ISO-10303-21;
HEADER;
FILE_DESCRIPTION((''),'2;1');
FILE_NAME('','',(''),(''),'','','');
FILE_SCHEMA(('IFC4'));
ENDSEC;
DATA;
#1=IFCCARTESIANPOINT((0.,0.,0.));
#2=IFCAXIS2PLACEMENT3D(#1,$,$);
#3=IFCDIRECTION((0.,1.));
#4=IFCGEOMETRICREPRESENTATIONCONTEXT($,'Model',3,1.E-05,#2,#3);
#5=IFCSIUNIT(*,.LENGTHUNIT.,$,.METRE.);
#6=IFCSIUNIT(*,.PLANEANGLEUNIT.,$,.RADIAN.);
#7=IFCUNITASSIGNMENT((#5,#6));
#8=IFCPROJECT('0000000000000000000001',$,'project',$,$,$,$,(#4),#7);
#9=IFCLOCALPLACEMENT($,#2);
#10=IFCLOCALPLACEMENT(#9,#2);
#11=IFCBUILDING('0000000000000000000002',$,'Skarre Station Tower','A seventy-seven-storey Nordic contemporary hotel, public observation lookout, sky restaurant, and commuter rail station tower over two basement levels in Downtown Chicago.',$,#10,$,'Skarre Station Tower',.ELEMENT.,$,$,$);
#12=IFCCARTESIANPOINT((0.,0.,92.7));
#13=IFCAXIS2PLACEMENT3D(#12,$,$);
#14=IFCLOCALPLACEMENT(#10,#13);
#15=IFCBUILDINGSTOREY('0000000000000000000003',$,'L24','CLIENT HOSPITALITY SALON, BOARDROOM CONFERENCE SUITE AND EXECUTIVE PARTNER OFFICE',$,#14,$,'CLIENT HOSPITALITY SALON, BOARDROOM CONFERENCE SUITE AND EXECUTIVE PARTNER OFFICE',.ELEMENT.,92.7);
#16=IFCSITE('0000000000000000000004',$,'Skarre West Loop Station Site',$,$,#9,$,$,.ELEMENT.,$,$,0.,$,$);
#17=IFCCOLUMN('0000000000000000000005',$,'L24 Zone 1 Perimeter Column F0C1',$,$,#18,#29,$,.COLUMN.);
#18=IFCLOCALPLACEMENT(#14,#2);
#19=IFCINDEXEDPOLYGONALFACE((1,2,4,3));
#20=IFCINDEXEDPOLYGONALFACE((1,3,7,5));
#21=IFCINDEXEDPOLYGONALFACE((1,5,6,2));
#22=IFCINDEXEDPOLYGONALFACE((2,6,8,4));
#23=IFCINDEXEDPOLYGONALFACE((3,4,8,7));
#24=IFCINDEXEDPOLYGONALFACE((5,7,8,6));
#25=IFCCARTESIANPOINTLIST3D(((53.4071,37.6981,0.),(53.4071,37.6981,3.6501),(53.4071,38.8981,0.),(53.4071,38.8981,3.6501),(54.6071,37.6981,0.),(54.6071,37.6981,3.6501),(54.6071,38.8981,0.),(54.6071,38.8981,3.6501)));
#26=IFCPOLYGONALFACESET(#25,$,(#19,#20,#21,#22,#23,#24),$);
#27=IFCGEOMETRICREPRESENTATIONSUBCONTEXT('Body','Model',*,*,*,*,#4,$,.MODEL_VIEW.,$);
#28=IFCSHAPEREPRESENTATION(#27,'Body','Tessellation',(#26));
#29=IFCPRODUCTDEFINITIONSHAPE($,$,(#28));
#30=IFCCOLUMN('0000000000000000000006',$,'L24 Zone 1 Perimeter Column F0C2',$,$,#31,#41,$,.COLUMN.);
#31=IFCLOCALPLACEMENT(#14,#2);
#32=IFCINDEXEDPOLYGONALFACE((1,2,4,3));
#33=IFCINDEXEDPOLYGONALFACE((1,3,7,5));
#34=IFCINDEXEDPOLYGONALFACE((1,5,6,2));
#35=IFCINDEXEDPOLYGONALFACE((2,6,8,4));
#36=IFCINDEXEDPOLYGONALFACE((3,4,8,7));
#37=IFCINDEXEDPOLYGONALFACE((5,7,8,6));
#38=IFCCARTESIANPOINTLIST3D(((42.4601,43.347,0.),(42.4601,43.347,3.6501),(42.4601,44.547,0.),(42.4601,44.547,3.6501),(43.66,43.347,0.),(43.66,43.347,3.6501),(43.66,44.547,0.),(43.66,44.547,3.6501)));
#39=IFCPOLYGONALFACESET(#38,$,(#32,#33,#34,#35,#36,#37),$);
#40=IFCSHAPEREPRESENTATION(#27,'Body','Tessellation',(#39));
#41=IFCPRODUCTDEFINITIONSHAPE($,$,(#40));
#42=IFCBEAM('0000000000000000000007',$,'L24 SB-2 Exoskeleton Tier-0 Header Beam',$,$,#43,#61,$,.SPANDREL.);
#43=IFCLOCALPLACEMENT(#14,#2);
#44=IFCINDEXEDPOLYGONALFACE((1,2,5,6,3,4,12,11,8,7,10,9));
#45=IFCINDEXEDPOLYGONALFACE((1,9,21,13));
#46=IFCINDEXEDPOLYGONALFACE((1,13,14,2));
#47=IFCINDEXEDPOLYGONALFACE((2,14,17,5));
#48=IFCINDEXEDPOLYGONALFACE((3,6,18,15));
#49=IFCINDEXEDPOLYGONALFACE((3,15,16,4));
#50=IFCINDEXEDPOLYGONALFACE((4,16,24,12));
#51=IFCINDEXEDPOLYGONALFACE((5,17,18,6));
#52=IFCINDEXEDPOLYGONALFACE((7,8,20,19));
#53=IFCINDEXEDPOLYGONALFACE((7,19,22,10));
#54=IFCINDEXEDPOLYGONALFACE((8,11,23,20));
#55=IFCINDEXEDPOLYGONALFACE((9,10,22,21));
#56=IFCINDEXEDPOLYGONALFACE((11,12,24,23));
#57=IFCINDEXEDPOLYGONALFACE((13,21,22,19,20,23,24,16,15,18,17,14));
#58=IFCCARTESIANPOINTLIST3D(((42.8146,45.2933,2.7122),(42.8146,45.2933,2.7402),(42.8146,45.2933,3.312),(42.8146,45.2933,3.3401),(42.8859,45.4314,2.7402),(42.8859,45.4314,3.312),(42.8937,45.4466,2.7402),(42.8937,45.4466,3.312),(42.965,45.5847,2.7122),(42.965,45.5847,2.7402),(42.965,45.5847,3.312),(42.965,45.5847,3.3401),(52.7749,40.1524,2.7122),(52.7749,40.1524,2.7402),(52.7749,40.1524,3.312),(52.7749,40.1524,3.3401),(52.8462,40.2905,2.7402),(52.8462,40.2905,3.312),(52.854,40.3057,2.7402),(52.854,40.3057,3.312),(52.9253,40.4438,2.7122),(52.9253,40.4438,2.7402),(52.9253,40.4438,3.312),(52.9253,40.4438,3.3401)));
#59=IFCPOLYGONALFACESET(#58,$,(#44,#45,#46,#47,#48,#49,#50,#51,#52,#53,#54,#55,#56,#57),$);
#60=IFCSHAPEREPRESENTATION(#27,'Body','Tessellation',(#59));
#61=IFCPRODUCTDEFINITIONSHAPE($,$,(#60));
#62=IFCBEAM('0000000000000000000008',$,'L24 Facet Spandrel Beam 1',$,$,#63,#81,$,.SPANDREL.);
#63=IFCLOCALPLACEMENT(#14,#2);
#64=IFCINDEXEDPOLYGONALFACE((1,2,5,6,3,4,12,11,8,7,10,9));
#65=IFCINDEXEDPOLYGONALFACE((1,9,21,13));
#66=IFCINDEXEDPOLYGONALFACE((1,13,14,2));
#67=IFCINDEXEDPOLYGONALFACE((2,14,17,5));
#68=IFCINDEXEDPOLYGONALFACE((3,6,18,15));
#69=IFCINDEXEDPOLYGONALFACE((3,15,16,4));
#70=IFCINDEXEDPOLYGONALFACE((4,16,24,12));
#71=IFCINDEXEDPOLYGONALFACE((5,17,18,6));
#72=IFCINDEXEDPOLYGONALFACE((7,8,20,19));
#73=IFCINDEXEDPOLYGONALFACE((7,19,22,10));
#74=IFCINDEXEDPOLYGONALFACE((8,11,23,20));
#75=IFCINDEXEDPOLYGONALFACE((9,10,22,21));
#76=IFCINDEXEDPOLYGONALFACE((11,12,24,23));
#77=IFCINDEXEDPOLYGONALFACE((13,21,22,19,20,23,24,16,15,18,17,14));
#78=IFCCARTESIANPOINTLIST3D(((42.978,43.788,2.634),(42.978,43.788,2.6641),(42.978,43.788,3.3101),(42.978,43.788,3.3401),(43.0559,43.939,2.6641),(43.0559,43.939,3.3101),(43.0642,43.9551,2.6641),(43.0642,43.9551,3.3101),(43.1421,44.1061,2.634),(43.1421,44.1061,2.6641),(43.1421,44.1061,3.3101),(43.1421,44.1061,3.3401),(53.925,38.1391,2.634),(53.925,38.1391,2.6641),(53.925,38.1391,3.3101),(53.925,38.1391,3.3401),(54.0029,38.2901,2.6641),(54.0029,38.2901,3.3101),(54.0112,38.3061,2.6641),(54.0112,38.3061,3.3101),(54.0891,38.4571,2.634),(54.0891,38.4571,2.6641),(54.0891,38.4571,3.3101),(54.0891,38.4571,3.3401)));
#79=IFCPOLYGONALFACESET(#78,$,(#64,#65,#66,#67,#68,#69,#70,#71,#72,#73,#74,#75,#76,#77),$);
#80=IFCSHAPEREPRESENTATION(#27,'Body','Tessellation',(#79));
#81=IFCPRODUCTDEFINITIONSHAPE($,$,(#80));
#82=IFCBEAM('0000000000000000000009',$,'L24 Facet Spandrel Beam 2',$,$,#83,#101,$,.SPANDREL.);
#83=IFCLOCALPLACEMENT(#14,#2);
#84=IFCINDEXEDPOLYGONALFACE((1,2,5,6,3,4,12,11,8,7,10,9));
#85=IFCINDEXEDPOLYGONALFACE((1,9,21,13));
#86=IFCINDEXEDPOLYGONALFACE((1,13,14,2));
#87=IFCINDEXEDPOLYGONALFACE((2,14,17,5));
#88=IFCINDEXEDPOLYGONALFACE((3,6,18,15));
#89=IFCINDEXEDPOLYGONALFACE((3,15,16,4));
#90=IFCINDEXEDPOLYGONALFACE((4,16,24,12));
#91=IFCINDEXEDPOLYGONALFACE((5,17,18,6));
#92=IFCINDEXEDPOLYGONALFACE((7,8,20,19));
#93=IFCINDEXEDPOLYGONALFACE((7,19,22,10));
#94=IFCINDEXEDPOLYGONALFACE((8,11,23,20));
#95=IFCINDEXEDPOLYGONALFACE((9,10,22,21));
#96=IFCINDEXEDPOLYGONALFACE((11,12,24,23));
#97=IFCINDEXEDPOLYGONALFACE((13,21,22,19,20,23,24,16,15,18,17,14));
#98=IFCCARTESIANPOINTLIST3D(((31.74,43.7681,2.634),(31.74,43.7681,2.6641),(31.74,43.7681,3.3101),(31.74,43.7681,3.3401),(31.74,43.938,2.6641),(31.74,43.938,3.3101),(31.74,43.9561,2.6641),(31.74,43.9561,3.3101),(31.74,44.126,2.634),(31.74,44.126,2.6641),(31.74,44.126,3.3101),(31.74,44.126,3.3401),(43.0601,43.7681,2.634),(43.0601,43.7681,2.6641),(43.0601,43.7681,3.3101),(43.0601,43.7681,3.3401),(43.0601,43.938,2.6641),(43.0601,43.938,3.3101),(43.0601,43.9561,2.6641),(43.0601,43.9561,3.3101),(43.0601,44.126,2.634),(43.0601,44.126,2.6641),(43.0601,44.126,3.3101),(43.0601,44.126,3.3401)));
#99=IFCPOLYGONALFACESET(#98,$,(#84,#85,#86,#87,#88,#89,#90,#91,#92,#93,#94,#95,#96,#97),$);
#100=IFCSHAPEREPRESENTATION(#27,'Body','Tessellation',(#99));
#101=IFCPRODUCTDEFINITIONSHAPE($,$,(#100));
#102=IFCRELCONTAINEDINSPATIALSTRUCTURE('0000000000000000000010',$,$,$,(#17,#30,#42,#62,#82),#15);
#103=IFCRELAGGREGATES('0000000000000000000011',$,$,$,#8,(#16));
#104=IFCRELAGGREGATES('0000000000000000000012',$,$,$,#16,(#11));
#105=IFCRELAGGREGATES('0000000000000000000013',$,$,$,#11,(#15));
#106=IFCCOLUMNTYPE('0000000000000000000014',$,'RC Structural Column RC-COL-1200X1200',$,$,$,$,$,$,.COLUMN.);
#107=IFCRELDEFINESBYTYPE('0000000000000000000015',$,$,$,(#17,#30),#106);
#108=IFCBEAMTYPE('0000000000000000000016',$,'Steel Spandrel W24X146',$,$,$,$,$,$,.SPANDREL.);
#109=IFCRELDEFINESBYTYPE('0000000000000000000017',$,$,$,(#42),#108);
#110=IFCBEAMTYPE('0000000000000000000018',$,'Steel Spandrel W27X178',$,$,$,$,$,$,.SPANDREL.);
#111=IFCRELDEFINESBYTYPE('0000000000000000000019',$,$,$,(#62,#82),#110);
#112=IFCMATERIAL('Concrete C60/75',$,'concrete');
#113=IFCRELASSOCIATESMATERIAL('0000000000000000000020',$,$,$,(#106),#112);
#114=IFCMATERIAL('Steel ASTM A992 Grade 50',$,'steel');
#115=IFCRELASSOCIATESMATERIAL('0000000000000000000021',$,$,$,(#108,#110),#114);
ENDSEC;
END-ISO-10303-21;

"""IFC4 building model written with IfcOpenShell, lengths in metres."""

from ifc_helpers import new_model, si_unit, direction, frame, origin, origin_2d, place, context, subcontext, project, spatial, rectangle, i_section, extrude, material, material_profile, profile_set, type_object, element, save


model = new_model("IFC4")

# Units and contexts
model_context = context("Model", 3, precision=1e-05, world=origin(), true_north=direction((0.0, 1.0)))
body_context = subcontext(model_context, "Body", "Model", "MODEL_VIEW")
ifc_project = project(units=[si_unit("LENGTHUNIT", "METRE"), si_unit("PLANEANGLEUNIT", "RADIAN")], contexts=[model_context])

# Site, building, storey
site_placement = place(None, origin())
site = spatial("IfcSite", under=ifc_project, at=site_placement, Name="Skarre West Loop Station Site", CompositionType="ELEMENT", RefElevation=0.0)
building_placement = place(site_placement, origin())
building = spatial("IfcBuilding", under=site, at=building_placement, Name="Skarre Station Tower", Description="A seventy-seven-storey Nordic contemporary hotel, public observation lookout, sky restaurant, and commuter rail station tower over two basement levels in Downtown Chicago.", LongName="Skarre Station Tower", CompositionType="ELEMENT")
storey_placement = place(building_placement, frame((0.0, 0.0, 92.7)))
storey = spatial("IfcBuildingStorey", under=building, at=storey_placement, Name="L24", Description="CLIENT HOSPITALITY SALON, BOARDROOM CONFERENCE SUITE AND EXECUTIVE PARTNER OFFICE", LongName="CLIENT HOSPITALITY SALON, BOARDROOM CONFERENCE SUITE AND EXECUTIVE PARTNER OFFICE", CompositionType="ELEMENT", Elevation=92.7)

# Columns
ifc_material_1 = material(Name="Concrete C60/75", Category="concrete")
ifc_material_profile_1 = material_profile(ifc_material_1, rectangle(XDim=1.2, YDim=1.2, at=origin_2d()), Name="Concrete C60/75")
ifc_profile_set_1 = profile_set([ifc_material_profile_1], Name="Concrete C60/75")
column_type = type_object("IfcColumnType", Name="RC Structural Column RC-COL-1200X1200", PredefinedType="COLUMN", material=ifc_profile_set_1)
for number, where, z_axis, x_axis, name in (
    (1, (54.0071, 38.2981, 0.0), (0.0, 0.0, 1.0), (1.0, 0.0, 0.0), "L24 Zone 1 Perimeter Column F0C1"),
    (2, (43.0601, 43.947, 0.0), (0.0, 0.0, 1.0), (1.0, 0.0, 0.0), "L24 Zone 1 Perimeter Column F0C2"),
):
    element("IfcColumn", number, at=place(storey_placement, frame(where, z_axis=z_axis, x_axis=x_axis)), inside=storey, type_object=column_type, Name=name, PredefinedType="COLUMN", context=body_context, shape_type="SweptSolid", body=[
        extrude(rectangle(XDim=1.2, YDim=1.2, at=origin_2d()), origin(), (0.0, 0.0, 1.0), 3.6501),
    ])

# Beams
ifc_material_2 = material(Name="Steel ASTM A992 Grade 50", Category="steel")
ifc_material_profile_2 = material_profile(ifc_material_2, i_section(OverallWidth=0.3279, OverallDepth=0.6279, WebThickness=0.0171, FlangeThickness=0.0281, at=origin_2d()), Name="Steel ASTM A992 Grade 50")
ifc_profile_set_2 = profile_set([ifc_material_profile_2], Name="Steel ASTM A992 Grade 50")
beam_type_1 = type_object("IfcBeamType", Name="Steel Spandrel W24X146", PredefinedType="SPANDREL", material=ifc_profile_set_2)
beam_1_placement = place(storey_placement, frame((52.8501, 40.2981, 3.0261), z_axis=(-0.888616, 0.458651, 0.0), x_axis=(-0.458651, -0.888616, 0.0)))
element("IfcBeam", 3, at=beam_1_placement, inside=storey, type_object=beam_type_1, Name="L24 SB-2 Exoskeleton Tier-0 Header Beam", PredefinedType="SPANDREL", context=body_context, shape_type="SweptSolid", body=[
    extrude(i_section(OverallWidth=0.3279, OverallDepth=0.6279, WebThickness=0.0171, FlangeThickness=0.0281, at=origin_2d()), origin(), (0.0, 0.0, 1.0), 11.2087),
])
ifc_material_profile_3 = material_profile(ifc_material_2, i_section(OverallWidth=0.3579, OverallDepth=0.7061, WebThickness=0.0181, FlangeThickness=0.03, at=origin_2d()), Name="Steel ASTM A992 Grade 50")
ifc_profile_set_3 = profile_set([ifc_material_profile_3], Name="Steel ASTM A992 Grade 50")
beam_type_2 = type_object("IfcBeamType", Name="Steel Spandrel W27X178", PredefinedType="SPANDREL", material=ifc_profile_set_3)
beam_2_placement = place(storey_placement, frame((54.0071, 38.2981, 2.9871), z_axis=(-0.888659, 0.458569, 0.0), x_axis=(-0.458569, -0.888659, 0.0)))
element("IfcBeam", 4, at=beam_2_placement, inside=storey, type_object=beam_type_2, Name="L24 Facet Spandrel Beam 1", PredefinedType="SPANDREL", context=body_context, shape_type="SweptSolid", body=[
    extrude(i_section(OverallWidth=0.3579, OverallDepth=0.7061, WebThickness=0.0181, FlangeThickness=0.03, at=origin_2d()), origin(), (0.0, 0.0, 1.0), 12.3186),
])
beam_3_placement = place(storey_placement, frame((43.0601, 43.947, 2.9871), z_axis=(-1.0, 0.0, 0.0), x_axis=(0.0, -1.0, 0.0)))
element("IfcBeam", 5, at=beam_3_placement, inside=storey, type_object=beam_type_2, Name="L24 Facet Spandrel Beam 2", PredefinedType="SPANDREL", context=body_context, shape_type="SweptSolid", body=[
    extrude(i_section(OverallWidth=0.3579, OverallDepth=0.7061, WebThickness=0.0181, FlangeThickness=0.03, at=origin_2d()), origin(), (0.0, 0.0, 1.0), 11.3201),
])

save(model, "model.ifc")
